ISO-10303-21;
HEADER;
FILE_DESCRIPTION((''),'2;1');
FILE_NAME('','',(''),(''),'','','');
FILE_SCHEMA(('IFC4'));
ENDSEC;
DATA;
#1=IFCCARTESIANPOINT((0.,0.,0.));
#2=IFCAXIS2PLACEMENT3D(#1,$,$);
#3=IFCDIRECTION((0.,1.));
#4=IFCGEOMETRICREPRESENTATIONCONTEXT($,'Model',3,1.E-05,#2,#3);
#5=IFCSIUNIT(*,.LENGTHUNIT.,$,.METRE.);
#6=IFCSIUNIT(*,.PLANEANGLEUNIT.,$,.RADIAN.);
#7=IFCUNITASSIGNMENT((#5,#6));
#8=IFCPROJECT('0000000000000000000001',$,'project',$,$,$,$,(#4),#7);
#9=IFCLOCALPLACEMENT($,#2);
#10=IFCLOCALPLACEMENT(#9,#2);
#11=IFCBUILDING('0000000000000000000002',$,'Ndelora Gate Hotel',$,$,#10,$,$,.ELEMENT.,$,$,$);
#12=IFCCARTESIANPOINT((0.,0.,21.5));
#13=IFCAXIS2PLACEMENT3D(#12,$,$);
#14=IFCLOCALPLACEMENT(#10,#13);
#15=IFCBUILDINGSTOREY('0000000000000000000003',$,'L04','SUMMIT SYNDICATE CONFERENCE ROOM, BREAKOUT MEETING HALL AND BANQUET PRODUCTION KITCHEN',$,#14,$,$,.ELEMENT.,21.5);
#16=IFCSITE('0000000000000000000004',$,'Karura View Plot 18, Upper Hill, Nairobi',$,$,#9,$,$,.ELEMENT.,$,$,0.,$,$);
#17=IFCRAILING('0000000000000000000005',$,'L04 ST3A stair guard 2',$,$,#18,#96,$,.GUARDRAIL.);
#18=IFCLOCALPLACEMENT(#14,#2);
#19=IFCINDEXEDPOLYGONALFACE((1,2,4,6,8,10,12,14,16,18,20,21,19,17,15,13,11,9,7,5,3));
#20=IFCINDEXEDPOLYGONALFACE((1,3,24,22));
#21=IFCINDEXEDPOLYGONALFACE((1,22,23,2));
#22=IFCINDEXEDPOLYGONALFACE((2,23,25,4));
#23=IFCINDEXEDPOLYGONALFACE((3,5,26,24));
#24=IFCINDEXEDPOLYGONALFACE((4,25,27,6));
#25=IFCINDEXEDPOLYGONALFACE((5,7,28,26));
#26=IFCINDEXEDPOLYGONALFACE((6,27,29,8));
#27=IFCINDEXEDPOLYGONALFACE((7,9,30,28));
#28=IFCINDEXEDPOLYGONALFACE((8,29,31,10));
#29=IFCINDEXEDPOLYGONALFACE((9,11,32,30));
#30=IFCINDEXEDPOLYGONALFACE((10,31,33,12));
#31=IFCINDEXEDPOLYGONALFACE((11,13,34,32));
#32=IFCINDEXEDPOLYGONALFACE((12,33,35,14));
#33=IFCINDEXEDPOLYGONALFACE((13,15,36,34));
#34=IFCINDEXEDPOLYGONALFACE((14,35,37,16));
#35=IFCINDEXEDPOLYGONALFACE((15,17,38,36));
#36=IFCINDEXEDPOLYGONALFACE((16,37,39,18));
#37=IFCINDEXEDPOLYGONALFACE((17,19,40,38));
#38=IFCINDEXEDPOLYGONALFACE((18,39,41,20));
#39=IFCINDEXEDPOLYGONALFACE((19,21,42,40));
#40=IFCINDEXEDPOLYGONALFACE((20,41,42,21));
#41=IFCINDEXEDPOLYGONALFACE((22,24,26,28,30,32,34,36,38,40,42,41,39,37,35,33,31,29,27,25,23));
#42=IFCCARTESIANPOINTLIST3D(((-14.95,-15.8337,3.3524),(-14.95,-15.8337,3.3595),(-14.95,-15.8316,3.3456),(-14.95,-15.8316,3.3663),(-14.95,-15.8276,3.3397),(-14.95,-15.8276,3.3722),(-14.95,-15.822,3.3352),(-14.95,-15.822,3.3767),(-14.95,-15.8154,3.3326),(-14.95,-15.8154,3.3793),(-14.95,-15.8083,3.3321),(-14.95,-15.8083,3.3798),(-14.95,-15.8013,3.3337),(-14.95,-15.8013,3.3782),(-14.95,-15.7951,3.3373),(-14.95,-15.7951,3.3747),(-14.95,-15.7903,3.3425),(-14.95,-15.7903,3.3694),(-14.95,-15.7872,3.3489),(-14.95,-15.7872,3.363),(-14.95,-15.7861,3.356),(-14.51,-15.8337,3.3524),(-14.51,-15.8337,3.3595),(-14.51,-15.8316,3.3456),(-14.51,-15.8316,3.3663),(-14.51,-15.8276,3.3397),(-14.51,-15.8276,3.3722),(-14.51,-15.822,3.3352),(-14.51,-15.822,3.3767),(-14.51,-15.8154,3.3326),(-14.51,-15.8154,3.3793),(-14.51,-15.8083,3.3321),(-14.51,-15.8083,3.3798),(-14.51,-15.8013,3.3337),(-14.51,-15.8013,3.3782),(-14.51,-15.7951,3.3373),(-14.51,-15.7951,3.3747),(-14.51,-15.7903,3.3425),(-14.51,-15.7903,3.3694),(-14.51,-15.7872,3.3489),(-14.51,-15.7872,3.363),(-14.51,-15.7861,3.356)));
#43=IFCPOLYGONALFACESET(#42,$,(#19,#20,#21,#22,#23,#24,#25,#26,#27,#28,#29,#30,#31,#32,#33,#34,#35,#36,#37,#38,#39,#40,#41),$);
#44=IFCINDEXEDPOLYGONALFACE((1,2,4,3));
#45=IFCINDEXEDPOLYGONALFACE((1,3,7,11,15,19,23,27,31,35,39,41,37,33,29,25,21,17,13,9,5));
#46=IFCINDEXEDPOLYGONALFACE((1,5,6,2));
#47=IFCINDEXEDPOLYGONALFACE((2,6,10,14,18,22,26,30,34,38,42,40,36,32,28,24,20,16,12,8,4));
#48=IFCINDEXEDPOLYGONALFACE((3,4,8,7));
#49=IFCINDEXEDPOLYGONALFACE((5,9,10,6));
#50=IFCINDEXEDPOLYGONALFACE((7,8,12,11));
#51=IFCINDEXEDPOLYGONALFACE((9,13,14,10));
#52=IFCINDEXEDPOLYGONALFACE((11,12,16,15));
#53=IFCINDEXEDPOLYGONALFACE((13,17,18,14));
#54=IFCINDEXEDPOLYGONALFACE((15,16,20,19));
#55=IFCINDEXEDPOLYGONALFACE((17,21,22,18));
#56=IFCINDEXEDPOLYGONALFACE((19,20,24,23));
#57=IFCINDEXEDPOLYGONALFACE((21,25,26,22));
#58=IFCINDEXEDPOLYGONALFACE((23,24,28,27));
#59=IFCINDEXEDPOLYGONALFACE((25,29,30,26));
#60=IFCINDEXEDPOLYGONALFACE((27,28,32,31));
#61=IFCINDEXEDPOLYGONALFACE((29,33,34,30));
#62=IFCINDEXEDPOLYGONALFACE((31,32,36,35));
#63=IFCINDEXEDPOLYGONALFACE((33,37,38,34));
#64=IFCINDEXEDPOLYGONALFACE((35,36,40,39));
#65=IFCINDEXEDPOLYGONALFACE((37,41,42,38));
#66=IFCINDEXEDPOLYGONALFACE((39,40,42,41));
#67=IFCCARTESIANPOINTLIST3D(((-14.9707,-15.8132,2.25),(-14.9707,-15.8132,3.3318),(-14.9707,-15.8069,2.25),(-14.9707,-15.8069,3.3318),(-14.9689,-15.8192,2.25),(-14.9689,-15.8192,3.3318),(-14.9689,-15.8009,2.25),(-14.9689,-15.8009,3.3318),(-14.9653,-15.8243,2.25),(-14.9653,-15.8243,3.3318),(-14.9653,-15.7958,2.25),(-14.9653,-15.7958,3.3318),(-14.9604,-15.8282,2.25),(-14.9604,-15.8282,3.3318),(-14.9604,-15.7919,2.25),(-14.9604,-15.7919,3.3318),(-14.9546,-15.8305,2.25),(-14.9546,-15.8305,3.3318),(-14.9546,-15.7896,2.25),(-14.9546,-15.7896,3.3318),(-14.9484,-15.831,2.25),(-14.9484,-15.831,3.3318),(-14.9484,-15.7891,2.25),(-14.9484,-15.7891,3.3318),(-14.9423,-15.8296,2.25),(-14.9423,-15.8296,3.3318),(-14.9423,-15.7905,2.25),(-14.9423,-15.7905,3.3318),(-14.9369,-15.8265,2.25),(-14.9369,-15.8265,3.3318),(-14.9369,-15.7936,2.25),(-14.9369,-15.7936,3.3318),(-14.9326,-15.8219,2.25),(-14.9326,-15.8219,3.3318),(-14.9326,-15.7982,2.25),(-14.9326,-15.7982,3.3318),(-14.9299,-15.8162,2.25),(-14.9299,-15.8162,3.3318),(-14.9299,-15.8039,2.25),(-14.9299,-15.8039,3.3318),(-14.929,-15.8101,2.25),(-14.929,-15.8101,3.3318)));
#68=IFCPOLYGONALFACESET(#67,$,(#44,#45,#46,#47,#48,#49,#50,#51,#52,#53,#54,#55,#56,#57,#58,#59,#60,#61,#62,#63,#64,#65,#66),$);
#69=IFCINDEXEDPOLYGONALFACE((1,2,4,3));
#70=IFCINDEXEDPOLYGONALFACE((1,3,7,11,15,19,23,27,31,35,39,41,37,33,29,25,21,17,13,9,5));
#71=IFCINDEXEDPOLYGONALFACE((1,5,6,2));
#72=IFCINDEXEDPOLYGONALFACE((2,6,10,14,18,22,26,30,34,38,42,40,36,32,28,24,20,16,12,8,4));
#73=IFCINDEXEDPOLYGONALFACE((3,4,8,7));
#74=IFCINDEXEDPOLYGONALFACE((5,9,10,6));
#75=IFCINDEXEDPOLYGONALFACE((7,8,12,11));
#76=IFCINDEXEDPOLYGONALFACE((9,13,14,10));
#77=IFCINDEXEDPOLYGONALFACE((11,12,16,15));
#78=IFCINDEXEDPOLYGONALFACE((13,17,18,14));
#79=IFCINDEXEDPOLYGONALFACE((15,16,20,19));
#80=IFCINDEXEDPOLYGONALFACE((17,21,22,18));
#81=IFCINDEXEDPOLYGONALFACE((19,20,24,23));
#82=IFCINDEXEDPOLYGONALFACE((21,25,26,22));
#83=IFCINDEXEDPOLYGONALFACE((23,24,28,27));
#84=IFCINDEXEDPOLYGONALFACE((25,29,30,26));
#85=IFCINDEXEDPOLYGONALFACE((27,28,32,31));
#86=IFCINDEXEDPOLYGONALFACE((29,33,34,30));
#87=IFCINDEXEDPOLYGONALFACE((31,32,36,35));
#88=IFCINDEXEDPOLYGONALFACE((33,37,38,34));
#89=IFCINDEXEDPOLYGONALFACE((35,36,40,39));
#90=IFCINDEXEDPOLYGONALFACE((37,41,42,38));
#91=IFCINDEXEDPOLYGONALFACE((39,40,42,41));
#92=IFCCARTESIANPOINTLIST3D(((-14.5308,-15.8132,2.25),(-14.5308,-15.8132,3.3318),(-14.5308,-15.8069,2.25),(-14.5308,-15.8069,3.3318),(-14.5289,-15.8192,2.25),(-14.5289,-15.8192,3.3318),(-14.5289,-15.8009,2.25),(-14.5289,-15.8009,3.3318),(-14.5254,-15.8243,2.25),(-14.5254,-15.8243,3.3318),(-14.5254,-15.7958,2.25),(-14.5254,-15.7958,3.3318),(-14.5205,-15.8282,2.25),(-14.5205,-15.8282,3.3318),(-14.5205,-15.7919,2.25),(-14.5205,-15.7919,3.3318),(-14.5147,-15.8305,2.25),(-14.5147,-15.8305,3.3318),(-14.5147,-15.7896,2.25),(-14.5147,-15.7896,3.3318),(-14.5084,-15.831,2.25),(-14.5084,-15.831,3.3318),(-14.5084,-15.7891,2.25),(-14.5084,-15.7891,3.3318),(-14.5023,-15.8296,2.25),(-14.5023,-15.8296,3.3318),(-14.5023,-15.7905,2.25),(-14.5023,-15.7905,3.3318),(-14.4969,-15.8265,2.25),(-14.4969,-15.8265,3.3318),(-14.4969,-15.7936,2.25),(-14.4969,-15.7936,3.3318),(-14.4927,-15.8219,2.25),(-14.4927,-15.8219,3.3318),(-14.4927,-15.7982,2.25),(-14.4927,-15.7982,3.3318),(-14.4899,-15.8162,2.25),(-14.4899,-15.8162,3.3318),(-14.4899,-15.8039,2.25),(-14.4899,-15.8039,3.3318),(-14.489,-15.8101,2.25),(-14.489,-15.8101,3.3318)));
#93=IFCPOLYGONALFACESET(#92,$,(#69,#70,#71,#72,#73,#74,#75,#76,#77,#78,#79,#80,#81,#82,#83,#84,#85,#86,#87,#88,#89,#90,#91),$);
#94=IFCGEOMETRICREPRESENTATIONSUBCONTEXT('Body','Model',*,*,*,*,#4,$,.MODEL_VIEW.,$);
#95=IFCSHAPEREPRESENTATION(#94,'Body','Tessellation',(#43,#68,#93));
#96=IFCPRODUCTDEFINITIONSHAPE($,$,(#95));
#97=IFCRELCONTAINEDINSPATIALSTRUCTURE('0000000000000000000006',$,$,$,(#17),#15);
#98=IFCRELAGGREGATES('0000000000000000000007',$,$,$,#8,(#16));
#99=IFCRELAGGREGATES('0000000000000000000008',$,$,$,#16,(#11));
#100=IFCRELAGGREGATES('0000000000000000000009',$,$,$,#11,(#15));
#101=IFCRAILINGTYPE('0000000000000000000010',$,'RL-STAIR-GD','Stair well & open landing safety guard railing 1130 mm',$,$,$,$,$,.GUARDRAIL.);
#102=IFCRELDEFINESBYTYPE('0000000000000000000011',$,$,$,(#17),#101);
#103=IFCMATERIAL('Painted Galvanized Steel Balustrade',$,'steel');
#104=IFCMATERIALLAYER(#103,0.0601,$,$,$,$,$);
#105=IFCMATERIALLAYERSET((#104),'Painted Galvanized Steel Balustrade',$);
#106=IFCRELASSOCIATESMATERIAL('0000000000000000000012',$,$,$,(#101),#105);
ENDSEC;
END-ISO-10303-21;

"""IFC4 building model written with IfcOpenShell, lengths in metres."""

from ifc_helpers import new_model, si_unit, direction, frame, origin, origin_2d, place, context, subcontext, project, spatial, circle, extrude, material, layer, layer_set, type_object, element, save


model = new_model("IFC4")

# Units and contexts
model_context = context("Model", 3, precision=1e-05, world=origin(), true_north=direction((0.0, 1.0)))
body_context = subcontext(model_context, "Body", "Model", "MODEL_VIEW")
ifc_project = project(units=[si_unit("LENGTHUNIT", "METRE"), si_unit("PLANEANGLEUNIT", "RADIAN")], contexts=[model_context])

# Site, building, storey
site_placement = place(None, origin())
site = spatial("IfcSite", under=ifc_project, at=site_placement, Name="Karura View Plot 18, Upper Hill, Nairobi", CompositionType="ELEMENT", RefElevation=0.0)
building_placement = place(site_placement, origin())
building = spatial("IfcBuilding", under=site, at=building_placement, Name="Ndelora Gate Hotel", CompositionType="ELEMENT")
storey_placement = place(building_placement, frame((0.0, 0.0, 21.5)))
storey = spatial("IfcBuildingStorey", under=building, at=storey_placement, Name="L04", Description="SUMMIT SYNDICATE CONFERENCE ROOM, BREAKOUT MEETING HALL AND BANQUET PRODUCTION KITCHEN", CompositionType="ELEMENT", Elevation=21.5)

# Railing
ifc_material_1 = material(Name="Painted Galvanized Steel Balustrade", Category="steel")
ifc_layer_1 = layer(ifc_material_1, 0.0601)
ifc_layer_set_1 = layer_set([ifc_layer_1], Name="Painted Galvanized Steel Balustrade")
railing_type_1 = type_object("IfcRailingType", Name="RL-STAIR-GD", Description="Stair well & open landing safety guard railing 1130 mm", PredefinedType="GUARDRAIL", material=ifc_layer_set_1)
railing_1_placement = place(storey_placement, frame((-14.95, -15.8101, 2.25)))
element("IfcRailing", 1, at=railing_1_placement, inside=storey, type_object=railing_type_1, Name="L04 ST3A stair guard 2", PredefinedType="GUARDRAIL", context=body_context, shape_type="SweptSolid", body=[
    extrude(circle(Radius=0.0239, at=origin_2d()), frame((0.0, 0.0, 1.106), z_axis=(1.0, 0.0, 0.0), x_axis=(0.0, 1.0, 0.0)), (0.0, 0.0, 1.0), 0.4399),
    extrude(circle(Radius=0.021, at=origin_2d()), origin(), (0.0, 0.0, 1.0), 1.0818),
    extrude(circle(Radius=0.021, at=origin_2d()), frame((0.4399, 0.0, 0.0)), (0.0, 0.0, 1.0), 1.0818),
])

save(model, "model.ifc")
